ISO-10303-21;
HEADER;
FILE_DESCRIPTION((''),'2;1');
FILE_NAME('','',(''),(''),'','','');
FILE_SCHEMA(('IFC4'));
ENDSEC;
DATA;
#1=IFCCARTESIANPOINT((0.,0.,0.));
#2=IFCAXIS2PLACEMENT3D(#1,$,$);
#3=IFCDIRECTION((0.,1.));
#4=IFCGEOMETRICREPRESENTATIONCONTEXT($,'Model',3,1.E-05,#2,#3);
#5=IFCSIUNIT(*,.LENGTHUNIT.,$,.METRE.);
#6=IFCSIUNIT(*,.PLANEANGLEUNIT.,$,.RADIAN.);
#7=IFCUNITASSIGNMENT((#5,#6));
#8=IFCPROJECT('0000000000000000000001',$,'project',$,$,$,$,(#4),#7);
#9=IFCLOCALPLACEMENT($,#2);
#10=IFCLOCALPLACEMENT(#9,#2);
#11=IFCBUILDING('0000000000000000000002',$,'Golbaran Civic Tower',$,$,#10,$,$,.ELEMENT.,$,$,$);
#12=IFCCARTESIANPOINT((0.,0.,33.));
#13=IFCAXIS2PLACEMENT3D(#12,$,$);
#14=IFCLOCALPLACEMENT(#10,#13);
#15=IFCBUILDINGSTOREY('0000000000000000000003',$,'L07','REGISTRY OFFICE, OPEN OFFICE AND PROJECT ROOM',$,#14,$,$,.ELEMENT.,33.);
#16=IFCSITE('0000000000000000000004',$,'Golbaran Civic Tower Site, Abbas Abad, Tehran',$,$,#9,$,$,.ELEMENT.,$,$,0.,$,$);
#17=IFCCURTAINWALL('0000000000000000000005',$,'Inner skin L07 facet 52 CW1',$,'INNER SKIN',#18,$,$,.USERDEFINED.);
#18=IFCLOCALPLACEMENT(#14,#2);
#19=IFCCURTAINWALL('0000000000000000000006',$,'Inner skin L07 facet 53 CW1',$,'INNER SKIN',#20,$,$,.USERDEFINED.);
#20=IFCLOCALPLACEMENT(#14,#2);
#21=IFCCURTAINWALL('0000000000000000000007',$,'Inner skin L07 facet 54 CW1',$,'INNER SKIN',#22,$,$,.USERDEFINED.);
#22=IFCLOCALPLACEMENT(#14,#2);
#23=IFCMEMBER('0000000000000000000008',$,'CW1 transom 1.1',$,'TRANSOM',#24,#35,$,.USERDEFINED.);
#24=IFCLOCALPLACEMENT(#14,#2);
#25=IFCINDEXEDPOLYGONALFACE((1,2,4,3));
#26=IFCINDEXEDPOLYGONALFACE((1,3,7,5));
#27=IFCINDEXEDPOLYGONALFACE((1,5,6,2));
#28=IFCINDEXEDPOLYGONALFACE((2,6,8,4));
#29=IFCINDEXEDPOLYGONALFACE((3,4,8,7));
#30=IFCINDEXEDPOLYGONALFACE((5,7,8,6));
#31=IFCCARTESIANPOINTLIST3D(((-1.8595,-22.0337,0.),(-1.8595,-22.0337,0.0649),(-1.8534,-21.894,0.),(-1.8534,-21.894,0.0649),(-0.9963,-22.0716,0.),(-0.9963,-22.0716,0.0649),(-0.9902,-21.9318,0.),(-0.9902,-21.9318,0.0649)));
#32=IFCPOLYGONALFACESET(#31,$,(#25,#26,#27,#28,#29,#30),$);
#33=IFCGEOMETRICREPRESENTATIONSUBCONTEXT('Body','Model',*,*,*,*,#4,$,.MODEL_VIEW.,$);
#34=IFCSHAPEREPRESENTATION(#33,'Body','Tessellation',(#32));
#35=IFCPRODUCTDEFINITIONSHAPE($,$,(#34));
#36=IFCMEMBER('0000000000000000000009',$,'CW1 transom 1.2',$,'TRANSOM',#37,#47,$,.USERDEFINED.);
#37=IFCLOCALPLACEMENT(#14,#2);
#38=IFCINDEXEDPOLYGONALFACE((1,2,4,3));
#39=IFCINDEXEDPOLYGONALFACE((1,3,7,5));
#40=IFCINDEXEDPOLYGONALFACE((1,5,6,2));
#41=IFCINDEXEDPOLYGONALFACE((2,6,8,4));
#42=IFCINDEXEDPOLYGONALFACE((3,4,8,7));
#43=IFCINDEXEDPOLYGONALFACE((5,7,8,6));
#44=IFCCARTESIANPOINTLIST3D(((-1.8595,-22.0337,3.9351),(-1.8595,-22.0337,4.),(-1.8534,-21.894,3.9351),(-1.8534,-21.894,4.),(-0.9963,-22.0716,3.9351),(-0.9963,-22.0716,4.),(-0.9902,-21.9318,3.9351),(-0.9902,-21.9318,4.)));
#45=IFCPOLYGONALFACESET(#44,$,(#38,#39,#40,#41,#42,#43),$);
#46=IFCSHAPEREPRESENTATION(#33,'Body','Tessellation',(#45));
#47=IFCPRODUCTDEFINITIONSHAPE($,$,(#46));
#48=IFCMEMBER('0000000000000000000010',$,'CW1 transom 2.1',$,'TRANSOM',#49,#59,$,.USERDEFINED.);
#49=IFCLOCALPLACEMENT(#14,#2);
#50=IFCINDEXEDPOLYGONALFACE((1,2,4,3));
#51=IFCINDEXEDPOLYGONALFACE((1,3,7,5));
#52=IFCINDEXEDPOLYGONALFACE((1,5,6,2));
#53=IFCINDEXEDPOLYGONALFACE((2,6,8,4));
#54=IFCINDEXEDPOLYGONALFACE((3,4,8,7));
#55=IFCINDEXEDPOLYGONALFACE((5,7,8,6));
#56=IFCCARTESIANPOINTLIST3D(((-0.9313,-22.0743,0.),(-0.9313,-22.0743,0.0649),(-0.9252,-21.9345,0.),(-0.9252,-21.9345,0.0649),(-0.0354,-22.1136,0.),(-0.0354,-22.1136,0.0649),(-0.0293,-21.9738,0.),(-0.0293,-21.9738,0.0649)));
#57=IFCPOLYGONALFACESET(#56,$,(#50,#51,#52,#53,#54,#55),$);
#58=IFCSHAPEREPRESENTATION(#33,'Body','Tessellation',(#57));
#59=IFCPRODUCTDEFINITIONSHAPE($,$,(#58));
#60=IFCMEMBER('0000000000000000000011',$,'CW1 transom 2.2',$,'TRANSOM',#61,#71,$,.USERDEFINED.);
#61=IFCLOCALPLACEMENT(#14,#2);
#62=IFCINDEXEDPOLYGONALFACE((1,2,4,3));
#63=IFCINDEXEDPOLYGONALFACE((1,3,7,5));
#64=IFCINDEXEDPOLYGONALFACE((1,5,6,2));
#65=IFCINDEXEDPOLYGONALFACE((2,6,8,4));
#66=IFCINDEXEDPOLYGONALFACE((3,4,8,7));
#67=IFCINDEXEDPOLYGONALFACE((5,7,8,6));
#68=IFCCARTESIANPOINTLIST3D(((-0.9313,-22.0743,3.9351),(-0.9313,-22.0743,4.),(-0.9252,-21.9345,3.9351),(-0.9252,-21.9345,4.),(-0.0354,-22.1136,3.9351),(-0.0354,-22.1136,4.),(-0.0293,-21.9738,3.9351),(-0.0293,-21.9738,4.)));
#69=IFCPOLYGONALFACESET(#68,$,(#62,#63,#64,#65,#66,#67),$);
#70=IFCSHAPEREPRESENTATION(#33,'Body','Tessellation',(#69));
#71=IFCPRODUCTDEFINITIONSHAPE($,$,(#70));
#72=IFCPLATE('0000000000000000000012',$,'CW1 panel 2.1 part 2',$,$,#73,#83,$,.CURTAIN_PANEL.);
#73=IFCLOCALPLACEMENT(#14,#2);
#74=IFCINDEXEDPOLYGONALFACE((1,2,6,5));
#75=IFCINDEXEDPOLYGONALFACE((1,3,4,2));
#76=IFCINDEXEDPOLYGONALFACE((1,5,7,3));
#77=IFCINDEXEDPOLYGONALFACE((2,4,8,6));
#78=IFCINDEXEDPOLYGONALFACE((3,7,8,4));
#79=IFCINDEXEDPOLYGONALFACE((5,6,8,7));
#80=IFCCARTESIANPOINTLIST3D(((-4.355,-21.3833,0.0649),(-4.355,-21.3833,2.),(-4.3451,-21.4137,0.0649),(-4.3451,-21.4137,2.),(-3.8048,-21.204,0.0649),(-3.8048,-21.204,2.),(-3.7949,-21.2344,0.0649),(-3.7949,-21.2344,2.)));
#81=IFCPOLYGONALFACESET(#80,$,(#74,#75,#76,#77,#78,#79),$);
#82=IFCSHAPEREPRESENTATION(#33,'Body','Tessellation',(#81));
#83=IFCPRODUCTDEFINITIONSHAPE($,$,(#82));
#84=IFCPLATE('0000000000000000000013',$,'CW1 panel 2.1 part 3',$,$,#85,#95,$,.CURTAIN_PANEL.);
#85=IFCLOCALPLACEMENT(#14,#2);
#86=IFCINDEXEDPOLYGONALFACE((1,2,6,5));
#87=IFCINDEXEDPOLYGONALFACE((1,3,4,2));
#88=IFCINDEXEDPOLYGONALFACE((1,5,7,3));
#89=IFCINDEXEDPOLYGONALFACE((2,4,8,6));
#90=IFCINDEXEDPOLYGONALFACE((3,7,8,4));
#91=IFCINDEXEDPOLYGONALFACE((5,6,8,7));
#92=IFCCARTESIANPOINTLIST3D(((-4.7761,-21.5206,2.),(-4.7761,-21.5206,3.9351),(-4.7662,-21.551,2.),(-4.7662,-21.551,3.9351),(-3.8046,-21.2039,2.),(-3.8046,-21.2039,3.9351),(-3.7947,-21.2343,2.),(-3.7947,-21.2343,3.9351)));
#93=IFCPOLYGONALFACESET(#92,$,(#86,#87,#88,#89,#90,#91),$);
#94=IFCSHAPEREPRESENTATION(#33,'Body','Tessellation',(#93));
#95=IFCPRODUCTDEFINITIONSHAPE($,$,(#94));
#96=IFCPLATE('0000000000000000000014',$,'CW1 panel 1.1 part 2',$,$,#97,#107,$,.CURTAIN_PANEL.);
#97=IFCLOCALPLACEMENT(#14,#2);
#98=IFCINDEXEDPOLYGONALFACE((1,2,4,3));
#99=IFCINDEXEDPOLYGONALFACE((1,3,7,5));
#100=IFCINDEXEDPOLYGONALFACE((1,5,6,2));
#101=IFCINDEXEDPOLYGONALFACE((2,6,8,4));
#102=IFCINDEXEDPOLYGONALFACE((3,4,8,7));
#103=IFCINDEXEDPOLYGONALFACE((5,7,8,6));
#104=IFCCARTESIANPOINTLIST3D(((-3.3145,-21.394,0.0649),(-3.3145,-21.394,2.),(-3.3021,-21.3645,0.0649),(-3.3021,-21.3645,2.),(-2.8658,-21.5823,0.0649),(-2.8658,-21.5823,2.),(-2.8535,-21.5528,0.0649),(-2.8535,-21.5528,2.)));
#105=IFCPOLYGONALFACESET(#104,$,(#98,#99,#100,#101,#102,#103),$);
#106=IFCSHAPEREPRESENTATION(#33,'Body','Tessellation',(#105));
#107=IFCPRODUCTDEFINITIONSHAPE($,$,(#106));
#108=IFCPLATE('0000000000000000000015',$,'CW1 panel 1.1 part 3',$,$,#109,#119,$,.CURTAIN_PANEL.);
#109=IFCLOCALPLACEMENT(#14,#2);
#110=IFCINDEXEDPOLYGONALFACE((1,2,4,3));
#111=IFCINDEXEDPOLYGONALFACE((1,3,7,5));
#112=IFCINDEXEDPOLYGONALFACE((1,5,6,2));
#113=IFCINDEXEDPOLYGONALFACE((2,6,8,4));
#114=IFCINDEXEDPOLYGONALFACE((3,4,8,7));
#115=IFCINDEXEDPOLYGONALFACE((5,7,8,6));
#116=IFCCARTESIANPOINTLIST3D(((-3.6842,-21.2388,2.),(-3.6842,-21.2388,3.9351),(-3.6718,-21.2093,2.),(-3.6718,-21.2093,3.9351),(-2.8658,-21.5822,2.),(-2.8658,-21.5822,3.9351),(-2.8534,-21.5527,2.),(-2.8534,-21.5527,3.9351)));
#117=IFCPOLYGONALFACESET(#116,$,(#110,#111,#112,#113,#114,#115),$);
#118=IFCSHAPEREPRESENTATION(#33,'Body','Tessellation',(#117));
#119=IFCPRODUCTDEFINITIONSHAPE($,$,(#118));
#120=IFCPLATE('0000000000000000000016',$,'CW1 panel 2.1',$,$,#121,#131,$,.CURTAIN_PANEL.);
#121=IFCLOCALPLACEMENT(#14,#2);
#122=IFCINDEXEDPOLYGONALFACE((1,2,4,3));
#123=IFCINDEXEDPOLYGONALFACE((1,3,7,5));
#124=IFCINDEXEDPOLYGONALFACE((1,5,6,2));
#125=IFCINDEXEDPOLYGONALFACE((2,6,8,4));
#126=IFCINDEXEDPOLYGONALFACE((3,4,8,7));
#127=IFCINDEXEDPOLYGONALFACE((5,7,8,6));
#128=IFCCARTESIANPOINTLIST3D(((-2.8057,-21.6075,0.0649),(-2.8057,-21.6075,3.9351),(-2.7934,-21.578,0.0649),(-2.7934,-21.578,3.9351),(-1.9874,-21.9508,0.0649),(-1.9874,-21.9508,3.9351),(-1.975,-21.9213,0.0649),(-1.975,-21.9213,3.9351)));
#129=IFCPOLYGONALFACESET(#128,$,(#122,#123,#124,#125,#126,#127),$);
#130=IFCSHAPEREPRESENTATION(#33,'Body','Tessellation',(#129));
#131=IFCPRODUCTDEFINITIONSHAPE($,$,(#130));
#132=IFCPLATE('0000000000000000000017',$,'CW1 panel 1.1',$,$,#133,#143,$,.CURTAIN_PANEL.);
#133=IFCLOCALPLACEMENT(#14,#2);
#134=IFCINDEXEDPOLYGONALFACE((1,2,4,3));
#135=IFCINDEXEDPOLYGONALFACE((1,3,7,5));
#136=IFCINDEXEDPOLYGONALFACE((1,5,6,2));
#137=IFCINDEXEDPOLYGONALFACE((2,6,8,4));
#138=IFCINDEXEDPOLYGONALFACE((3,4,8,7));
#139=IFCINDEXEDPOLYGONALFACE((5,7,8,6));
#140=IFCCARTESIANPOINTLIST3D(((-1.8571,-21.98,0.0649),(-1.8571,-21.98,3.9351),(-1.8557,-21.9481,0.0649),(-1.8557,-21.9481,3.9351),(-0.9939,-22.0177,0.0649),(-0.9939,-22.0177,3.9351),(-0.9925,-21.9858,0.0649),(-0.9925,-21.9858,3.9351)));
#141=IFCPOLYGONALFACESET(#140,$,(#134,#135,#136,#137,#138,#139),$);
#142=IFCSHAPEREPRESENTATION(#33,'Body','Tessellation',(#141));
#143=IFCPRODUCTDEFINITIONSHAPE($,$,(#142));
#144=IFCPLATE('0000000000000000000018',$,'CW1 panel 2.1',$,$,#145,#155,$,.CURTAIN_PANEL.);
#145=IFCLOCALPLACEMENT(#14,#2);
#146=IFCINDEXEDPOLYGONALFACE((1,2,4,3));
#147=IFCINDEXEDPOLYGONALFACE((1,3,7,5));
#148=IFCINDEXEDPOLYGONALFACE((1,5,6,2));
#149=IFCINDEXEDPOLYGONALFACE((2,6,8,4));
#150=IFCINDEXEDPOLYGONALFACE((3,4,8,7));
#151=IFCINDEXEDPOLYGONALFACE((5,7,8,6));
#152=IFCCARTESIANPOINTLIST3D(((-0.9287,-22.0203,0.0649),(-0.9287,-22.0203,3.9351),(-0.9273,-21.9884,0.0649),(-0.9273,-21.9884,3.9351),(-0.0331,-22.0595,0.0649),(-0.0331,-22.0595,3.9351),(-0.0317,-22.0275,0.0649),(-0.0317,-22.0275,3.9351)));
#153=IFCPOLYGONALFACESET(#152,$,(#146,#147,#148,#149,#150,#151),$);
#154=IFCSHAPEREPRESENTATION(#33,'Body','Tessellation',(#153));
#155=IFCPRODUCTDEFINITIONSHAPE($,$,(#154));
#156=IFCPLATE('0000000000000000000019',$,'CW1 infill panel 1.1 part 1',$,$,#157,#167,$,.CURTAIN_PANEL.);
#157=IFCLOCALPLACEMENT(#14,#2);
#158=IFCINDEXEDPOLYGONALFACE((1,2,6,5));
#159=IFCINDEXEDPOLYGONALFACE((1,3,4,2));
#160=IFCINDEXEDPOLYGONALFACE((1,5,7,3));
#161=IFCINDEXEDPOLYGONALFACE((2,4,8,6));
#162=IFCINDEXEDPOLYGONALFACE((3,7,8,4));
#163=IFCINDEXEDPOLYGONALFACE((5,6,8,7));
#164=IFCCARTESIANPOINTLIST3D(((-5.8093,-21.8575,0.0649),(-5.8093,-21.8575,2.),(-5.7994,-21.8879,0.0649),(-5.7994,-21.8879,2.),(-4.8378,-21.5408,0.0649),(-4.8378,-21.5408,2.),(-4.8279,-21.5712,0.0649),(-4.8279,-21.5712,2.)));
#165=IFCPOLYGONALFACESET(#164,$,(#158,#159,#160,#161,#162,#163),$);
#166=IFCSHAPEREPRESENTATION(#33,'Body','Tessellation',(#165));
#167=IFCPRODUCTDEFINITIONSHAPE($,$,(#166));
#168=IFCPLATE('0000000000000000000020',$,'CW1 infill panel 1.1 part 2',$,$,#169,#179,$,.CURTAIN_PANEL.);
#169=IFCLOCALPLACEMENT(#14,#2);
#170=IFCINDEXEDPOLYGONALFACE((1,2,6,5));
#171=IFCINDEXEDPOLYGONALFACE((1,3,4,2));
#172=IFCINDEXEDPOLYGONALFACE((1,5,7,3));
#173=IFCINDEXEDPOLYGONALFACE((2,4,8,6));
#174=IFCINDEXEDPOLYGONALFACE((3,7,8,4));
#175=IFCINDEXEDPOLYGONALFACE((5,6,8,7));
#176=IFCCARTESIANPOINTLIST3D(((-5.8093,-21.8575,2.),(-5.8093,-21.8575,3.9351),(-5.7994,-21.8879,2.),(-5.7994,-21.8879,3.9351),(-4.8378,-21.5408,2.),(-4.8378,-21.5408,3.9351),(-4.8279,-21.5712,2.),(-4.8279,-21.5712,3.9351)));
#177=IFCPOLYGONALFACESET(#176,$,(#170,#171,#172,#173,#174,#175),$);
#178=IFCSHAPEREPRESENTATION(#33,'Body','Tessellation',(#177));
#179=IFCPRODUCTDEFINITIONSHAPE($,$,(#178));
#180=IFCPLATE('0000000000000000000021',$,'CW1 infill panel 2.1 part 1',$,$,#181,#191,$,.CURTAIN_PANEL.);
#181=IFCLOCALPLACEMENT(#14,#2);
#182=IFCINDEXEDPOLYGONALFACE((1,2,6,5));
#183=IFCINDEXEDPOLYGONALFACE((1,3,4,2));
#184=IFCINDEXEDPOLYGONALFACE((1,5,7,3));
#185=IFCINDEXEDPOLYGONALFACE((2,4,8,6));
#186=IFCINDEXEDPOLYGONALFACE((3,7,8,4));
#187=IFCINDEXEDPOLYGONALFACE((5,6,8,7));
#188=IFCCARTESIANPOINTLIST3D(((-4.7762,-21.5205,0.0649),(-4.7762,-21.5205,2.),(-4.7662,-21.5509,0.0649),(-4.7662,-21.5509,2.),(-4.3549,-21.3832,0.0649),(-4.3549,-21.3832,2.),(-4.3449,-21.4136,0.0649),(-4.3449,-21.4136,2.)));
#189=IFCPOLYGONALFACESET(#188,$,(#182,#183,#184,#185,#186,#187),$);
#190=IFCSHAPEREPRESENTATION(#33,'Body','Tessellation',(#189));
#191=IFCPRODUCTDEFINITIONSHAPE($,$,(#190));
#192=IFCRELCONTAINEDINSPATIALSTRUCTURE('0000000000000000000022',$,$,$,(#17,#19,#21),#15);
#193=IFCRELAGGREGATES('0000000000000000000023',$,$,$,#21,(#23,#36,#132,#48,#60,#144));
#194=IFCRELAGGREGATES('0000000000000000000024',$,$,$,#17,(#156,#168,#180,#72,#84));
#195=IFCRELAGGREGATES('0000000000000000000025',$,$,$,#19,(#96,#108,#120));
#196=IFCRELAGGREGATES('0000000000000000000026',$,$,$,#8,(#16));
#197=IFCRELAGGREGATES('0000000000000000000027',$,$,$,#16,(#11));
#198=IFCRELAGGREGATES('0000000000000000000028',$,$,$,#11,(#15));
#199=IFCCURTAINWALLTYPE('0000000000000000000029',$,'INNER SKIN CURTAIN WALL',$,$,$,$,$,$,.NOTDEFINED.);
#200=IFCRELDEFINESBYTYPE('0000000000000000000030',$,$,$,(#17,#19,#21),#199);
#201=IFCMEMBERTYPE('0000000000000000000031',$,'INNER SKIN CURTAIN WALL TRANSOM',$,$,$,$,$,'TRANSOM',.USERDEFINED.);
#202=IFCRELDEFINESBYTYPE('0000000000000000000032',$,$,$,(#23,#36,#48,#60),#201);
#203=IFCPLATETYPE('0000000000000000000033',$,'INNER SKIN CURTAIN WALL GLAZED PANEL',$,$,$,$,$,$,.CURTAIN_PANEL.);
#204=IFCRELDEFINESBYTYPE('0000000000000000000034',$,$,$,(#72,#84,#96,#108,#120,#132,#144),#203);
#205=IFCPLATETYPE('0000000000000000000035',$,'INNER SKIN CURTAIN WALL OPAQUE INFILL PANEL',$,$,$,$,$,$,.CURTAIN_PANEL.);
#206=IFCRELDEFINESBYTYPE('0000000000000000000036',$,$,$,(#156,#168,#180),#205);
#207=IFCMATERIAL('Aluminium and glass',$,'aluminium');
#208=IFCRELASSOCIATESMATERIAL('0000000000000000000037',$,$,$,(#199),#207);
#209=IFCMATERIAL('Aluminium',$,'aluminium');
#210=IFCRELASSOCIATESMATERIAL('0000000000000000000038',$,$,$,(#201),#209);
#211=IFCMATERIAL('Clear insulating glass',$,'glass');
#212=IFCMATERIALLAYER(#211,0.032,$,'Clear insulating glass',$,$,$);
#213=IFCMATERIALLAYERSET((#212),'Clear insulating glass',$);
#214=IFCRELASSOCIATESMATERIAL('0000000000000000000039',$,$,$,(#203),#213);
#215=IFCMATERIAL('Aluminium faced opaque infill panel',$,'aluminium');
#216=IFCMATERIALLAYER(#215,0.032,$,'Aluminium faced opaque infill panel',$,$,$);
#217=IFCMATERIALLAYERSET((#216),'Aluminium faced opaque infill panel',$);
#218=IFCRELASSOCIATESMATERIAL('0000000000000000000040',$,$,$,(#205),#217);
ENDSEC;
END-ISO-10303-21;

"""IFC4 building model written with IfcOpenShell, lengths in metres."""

from ifc_helpers import new_model, si_unit, direction, frame, origin, origin_2d, place, context, subcontext, project, spatial, rectangle, extrude, material, layer, layer_set, material_profile, profile_set, type_object, element, aggregate, save


model = new_model("IFC4")

# Units and contexts
model_context = context("Model", 3, precision=1e-05, world=origin(), true_north=direction((0.0, 1.0)))
body_context = subcontext(model_context, "Body", "Model", "MODEL_VIEW")
ifc_project = project(units=[si_unit("LENGTHUNIT", "METRE"), si_unit("PLANEANGLEUNIT", "RADIAN")], contexts=[model_context])

# Site, building, storey
site_placement = place(None, origin())
site = spatial("IfcSite", under=ifc_project, at=site_placement, Name="Golbaran Civic Tower Site, Abbas Abad, Tehran", CompositionType="ELEMENT", RefElevation=0.0)
building_placement = place(site_placement, origin())
building = spatial("IfcBuilding", under=site, at=building_placement, Name="Golbaran Civic Tower", CompositionType="ELEMENT")
storey_placement = place(building_placement, frame((0.0, 0.0, 33.0)))
storey = spatial("IfcBuildingStorey", under=building, at=storey_placement, Name="L07", Description="REGISTRY OFFICE, OPEN OFFICE AND PROJECT ROOM", CompositionType="ELEMENT", Elevation=33.0)

# Curtain walls
ifc_material_1 = material(Name="Aluminium and glass", Category="aluminium")
curtain_wall_type = type_object("IfcCurtainWallType", Name="INNER SKIN CURTAIN WALL", PredefinedType="NOTDEFINED", material=ifc_material_1)
curtain_wall_1_placement = place(storey_placement, origin())
curtain_wall_1 = element("IfcCurtainWall", 1, at=curtain_wall_1_placement, inside=storey, type_object=curtain_wall_type, Name="Inner skin L07 facet 52 CW1", ObjectType="INNER SKIN", PredefinedType="USERDEFINED")
ifc_material_2 = material(Name="Aluminium", Category="aluminium")
curtain_wall_2_placement = place(storey_placement, origin())
curtain_wall_2 = element("IfcCurtainWall", 2, at=curtain_wall_2_placement, inside=storey, type_object=curtain_wall_type, Name="Inner skin L07 facet 53 CW1", ObjectType="INNER SKIN", PredefinedType="USERDEFINED")
curtain_wall_3_placement = place(storey_placement, origin())
curtain_wall_3 = element("IfcCurtainWall", 3, at=curtain_wall_3_placement, inside=storey, type_object=curtain_wall_type, Name="Inner skin L07 facet 54 CW1", ObjectType="INNER SKIN", PredefinedType="USERDEFINED")

# Members
ifc_material_profile_1 = material_profile(ifc_material_2, rectangle(XDim=0.1399, YDim=0.0649, at=origin_2d()), Name="INNER SKIN CURTAIN WALL TRANSOM")
ifc_profile_set_1 = profile_set([ifc_material_profile_1], Name="Aluminium")
member_type_1 = type_object("IfcMemberType", Name="INNER SKIN CURTAIN WALL TRANSOM", ElementType="TRANSOM", PredefinedType="USERDEFINED", material=ifc_profile_set_1)
member_1_placement = place(storey_placement, frame((-1.8564, -21.9639, 0.0325), z_axis=(0.999041, -0.043793, 0.0), x_axis=(0.043793, 0.999041, 0.0)))
member_1 = element("IfcMember", 4, at=member_1_placement, type_object=member_type_1, Name="CW1 transom 1.1", ObjectType="TRANSOM", PredefinedType="USERDEFINED", context=body_context, shape_type="SweptSolid", body=[
    extrude(rectangle(XDim=0.1399, YDim=0.0649, at=origin_2d()), origin(), (0.0, 0.0, 1.0), 0.864),
])
member_2_placement = place(storey_placement, frame((-1.8564, -21.9639, 3.9675), z_axis=(0.999041, -0.043793, 0.0), x_axis=(0.043793, 0.999041, 0.0)))
member_2 = element("IfcMember", 5, at=member_2_placement, type_object=member_type_1, Name="CW1 transom 1.2", ObjectType="TRANSOM", PredefinedType="USERDEFINED", context=body_context, shape_type="SweptSolid", body=[
    extrude(rectangle(XDim=0.1399, YDim=0.0649, at=origin_2d()), origin(), (0.0, 0.0, 1.0), 0.864),
])
member_3_placement = place(storey_placement, frame((-0.9282, -22.0044, 0.0325), z_axis=(0.999039, -0.043839, 0.0), x_axis=(0.043839, 0.999039, 0.0)))
member_3 = element("IfcMember", 6, at=member_3_placement, type_object=member_type_1, Name="CW1 transom 2.1", ObjectType="TRANSOM", PredefinedType="USERDEFINED", context=body_context, shape_type="SweptSolid", body=[
    extrude(rectangle(XDim=0.1399, YDim=0.0649, at=origin_2d()), origin(), (0.0, 0.0, 1.0), 0.8967),
])
member_4_placement = place(storey_placement, frame((-0.9282, -22.0044, 3.9675), z_axis=(0.999039, -0.043839, 0.0), x_axis=(0.043839, 0.999039, 0.0)))
member_4 = element("IfcMember", 7, at=member_4_placement, type_object=member_type_1, Name="CW1 transom 2.2", ObjectType="TRANSOM", PredefinedType="USERDEFINED", context=body_context, shape_type="SweptSolid", body=[
    extrude(rectangle(XDim=0.1399, YDim=0.0649, at=origin_2d()), origin(), (0.0, 0.0, 1.0), 0.8967),
])

# Plates
ifc_material_3 = material(Name="Clear insulating glass", Category="glass")
ifc_layer_1 = layer(ifc_material_3, 0.032, Name="Clear insulating glass")
ifc_layer_set_1 = layer_set([ifc_layer_1], Name="Clear insulating glass")
plate_type_1 = type_object("IfcPlateType", Name="INNER SKIN CURTAIN WALL GLAZED PANEL", PredefinedType="CURTAIN_PANEL", material=ifc_layer_set_1)
plate_1_placement = place(storey_placement, frame((-4.075, -21.3088, 0.0649), z_axis=(0.0, 0.0, 1.0), x_axis=(0.950761, 0.309925, 0.0)))
plate_1 = element("IfcPlate", 8, at=plate_1_placement, type_object=plate_type_1, Name="CW1 panel 2.1 part 2", PredefinedType="CURTAIN_PANEL", context=body_context, shape_type="SweptSolid", body=[
    extrude(rectangle(XDim=0.5786, YDim=0.032, at=origin_2d()), origin(), (0.0, 0.0, 1.0), 1.9351),
])
plate_2_placement = place(storey_placement, frame((-4.2854, -21.3774, 2.0), z_axis=(0.0, 0.0, 1.0), x_axis=(0.950761, 0.309925, 0.0)))
plate_2 = element("IfcPlate", 9, at=plate_2_placement, type_object=plate_type_1, Name="CW1 panel 2.1 part 3", PredefinedType="CURTAIN_PANEL", context=body_context, shape_type="SweptSolid", body=[
    extrude(rectangle(XDim=1.0217, YDim=0.032, at=origin_2d()), origin(), (0.0, 0.0, 1.0), 1.9351),
])
plate_3_placement = place(storey_placement, frame((-3.084, -21.4734, 0.0649), z_axis=(0.0, 0.0, 1.0), x_axis=(0.922133, -0.386873, 0.0)))
plate_3 = element("IfcPlate", 10, at=plate_3_placement, type_object=plate_type_1, Name="CW1 panel 1.1 part 2", PredefinedType="CURTAIN_PANEL", context=body_context, shape_type="SweptSolid", body=[
    extrude(rectangle(XDim=0.4866, YDim=0.032, at=origin_2d()), origin(), (0.0, 0.0, 1.0), 1.9351),
])
plate_4_placement = place(storey_placement, frame((-3.2688, -21.3958, 2.0), z_axis=(0.0, 0.0, 1.0), x_axis=(0.922133, -0.386873, 0.0)))
plate_4 = element("IfcPlate", 11, at=plate_4_placement, type_object=plate_type_1, Name="CW1 panel 1.1 part 3", PredefinedType="CURTAIN_PANEL", context=body_context, shape_type="SweptSolid", body=[
    extrude(rectangle(XDim=0.8875, YDim=0.032, at=origin_2d()), origin(), (0.0, 0.0, 1.0), 1.9351),
])
plate_5_placement = place(storey_placement, frame((-2.3904, -21.7644, 0.0649), z_axis=(0.0, 0.0, 1.0), x_axis=(0.922133, -0.386873, 0.0)))
plate_5 = element("IfcPlate", 12, at=plate_5_placement, type_object=plate_type_1, Name="CW1 panel 2.1", PredefinedType="CURTAIN_PANEL", context=body_context, shape_type="SweptSolid", body=[
    extrude(rectangle(XDim=0.8875, YDim=0.032, at=origin_2d()), origin(), (0.0, 0.0, 1.0), 3.8701),
])
plate_6_placement = place(storey_placement, frame((-1.4248, -21.9829, 0.0649), z_axis=(0.0, 0.0, 1.0), x_axis=(0.999048, -0.043619, 0.0)))
plate_6 = element("IfcPlate", 13, at=plate_6_placement, type_object=plate_type_1, Name="CW1 panel 1.1", PredefinedType="CURTAIN_PANEL", context=body_context, shape_type="SweptSolid", body=[
    extrude(rectangle(XDim=0.864, YDim=0.032, at=origin_2d()), origin(), (0.0, 0.0, 1.0), 3.8701),
])
plate_7_placement = place(storey_placement, frame((-0.4802, -22.0239, 0.0649), z_axis=(0.0, 0.0, 1.0), x_axis=(0.999048, -0.043619, 0.0)))
plate_7 = element("IfcPlate", 14, at=plate_7_placement, type_object=plate_type_1, Name="CW1 panel 2.1", PredefinedType="CURTAIN_PANEL", context=body_context, shape_type="SweptSolid", body=[
    extrude(rectangle(XDim=0.8965, YDim=0.032, at=origin_2d()), origin(), (0.0, 0.0, 1.0), 3.8701),
])
aggregate(curtain_wall_3, [member_1, member_2, plate_6, member_3, member_4, plate_7])
ifc_material_4 = material(Name="Aluminium faced opaque infill panel", Category="aluminium")
ifc_layer_2 = layer(ifc_material_4, 0.032, Name="Aluminium faced opaque infill panel")
ifc_layer_set_2 = layer_set([ifc_layer_2], Name="Aluminium faced opaque infill panel")
plate_type_2 = type_object("IfcPlateType", Name="INNER SKIN CURTAIN WALL OPAQUE INFILL PANEL", PredefinedType="CURTAIN_PANEL", material=ifc_layer_set_2)
plate_8_placement = place(storey_placement, frame((-5.3186, -21.7144, 0.0649), z_axis=(0.0, 0.0, 1.0), x_axis=(0.950761, 0.309925, 0.0)))
plate_8 = element("IfcPlate", 15, at=plate_8_placement, type_object=plate_type_2, Name="CW1 infill panel 1.1 part 1", PredefinedType="CURTAIN_PANEL", context=body_context, shape_type="SweptSolid", body=[
    extrude(rectangle(XDim=1.0217, YDim=0.032, at=origin_2d()), origin(), (0.0, 0.0, 1.0), 1.9351),
])
plate_9_placement = place(storey_placement, frame((-5.3186, -21.7144, 2.0), z_axis=(0.0, 0.0, 1.0), x_axis=(0.950761, 0.309925, 0.0)))
plate_9 = element("IfcPlate", 16, at=plate_9_placement, type_object=plate_type_2, Name="CW1 infill panel 1.1 part 2", PredefinedType="CURTAIN_PANEL", context=body_context, shape_type="SweptSolid", body=[
    extrude(rectangle(XDim=1.0217, YDim=0.032, at=origin_2d()), origin(), (0.0, 0.0, 1.0), 1.9351),
])
plate_10_placement = place(storey_placement, frame((-4.5605, -21.467, 0.0649), z_axis=(0.0, 0.0, 1.0), x_axis=(0.950761, 0.309925, 0.0)))
plate_10 = element("IfcPlate", 17, at=plate_10_placement, type_object=plate_type_2, Name="CW1 infill panel 2.1 part 1", PredefinedType="CURTAIN_PANEL", context=body_context, shape_type="SweptSolid", body=[
    extrude(rectangle(XDim=0.4431, YDim=0.032, at=origin_2d()), origin(), (0.0, 0.0, 1.0), 1.9351),
])
aggregate(curtain_wall_1, [plate_8, plate_9, plate_10, plate_1, plate_2])
aggregate(curtain_wall_2, [plate_3, plate_4, plate_5])

save(model, "model.ifc")
